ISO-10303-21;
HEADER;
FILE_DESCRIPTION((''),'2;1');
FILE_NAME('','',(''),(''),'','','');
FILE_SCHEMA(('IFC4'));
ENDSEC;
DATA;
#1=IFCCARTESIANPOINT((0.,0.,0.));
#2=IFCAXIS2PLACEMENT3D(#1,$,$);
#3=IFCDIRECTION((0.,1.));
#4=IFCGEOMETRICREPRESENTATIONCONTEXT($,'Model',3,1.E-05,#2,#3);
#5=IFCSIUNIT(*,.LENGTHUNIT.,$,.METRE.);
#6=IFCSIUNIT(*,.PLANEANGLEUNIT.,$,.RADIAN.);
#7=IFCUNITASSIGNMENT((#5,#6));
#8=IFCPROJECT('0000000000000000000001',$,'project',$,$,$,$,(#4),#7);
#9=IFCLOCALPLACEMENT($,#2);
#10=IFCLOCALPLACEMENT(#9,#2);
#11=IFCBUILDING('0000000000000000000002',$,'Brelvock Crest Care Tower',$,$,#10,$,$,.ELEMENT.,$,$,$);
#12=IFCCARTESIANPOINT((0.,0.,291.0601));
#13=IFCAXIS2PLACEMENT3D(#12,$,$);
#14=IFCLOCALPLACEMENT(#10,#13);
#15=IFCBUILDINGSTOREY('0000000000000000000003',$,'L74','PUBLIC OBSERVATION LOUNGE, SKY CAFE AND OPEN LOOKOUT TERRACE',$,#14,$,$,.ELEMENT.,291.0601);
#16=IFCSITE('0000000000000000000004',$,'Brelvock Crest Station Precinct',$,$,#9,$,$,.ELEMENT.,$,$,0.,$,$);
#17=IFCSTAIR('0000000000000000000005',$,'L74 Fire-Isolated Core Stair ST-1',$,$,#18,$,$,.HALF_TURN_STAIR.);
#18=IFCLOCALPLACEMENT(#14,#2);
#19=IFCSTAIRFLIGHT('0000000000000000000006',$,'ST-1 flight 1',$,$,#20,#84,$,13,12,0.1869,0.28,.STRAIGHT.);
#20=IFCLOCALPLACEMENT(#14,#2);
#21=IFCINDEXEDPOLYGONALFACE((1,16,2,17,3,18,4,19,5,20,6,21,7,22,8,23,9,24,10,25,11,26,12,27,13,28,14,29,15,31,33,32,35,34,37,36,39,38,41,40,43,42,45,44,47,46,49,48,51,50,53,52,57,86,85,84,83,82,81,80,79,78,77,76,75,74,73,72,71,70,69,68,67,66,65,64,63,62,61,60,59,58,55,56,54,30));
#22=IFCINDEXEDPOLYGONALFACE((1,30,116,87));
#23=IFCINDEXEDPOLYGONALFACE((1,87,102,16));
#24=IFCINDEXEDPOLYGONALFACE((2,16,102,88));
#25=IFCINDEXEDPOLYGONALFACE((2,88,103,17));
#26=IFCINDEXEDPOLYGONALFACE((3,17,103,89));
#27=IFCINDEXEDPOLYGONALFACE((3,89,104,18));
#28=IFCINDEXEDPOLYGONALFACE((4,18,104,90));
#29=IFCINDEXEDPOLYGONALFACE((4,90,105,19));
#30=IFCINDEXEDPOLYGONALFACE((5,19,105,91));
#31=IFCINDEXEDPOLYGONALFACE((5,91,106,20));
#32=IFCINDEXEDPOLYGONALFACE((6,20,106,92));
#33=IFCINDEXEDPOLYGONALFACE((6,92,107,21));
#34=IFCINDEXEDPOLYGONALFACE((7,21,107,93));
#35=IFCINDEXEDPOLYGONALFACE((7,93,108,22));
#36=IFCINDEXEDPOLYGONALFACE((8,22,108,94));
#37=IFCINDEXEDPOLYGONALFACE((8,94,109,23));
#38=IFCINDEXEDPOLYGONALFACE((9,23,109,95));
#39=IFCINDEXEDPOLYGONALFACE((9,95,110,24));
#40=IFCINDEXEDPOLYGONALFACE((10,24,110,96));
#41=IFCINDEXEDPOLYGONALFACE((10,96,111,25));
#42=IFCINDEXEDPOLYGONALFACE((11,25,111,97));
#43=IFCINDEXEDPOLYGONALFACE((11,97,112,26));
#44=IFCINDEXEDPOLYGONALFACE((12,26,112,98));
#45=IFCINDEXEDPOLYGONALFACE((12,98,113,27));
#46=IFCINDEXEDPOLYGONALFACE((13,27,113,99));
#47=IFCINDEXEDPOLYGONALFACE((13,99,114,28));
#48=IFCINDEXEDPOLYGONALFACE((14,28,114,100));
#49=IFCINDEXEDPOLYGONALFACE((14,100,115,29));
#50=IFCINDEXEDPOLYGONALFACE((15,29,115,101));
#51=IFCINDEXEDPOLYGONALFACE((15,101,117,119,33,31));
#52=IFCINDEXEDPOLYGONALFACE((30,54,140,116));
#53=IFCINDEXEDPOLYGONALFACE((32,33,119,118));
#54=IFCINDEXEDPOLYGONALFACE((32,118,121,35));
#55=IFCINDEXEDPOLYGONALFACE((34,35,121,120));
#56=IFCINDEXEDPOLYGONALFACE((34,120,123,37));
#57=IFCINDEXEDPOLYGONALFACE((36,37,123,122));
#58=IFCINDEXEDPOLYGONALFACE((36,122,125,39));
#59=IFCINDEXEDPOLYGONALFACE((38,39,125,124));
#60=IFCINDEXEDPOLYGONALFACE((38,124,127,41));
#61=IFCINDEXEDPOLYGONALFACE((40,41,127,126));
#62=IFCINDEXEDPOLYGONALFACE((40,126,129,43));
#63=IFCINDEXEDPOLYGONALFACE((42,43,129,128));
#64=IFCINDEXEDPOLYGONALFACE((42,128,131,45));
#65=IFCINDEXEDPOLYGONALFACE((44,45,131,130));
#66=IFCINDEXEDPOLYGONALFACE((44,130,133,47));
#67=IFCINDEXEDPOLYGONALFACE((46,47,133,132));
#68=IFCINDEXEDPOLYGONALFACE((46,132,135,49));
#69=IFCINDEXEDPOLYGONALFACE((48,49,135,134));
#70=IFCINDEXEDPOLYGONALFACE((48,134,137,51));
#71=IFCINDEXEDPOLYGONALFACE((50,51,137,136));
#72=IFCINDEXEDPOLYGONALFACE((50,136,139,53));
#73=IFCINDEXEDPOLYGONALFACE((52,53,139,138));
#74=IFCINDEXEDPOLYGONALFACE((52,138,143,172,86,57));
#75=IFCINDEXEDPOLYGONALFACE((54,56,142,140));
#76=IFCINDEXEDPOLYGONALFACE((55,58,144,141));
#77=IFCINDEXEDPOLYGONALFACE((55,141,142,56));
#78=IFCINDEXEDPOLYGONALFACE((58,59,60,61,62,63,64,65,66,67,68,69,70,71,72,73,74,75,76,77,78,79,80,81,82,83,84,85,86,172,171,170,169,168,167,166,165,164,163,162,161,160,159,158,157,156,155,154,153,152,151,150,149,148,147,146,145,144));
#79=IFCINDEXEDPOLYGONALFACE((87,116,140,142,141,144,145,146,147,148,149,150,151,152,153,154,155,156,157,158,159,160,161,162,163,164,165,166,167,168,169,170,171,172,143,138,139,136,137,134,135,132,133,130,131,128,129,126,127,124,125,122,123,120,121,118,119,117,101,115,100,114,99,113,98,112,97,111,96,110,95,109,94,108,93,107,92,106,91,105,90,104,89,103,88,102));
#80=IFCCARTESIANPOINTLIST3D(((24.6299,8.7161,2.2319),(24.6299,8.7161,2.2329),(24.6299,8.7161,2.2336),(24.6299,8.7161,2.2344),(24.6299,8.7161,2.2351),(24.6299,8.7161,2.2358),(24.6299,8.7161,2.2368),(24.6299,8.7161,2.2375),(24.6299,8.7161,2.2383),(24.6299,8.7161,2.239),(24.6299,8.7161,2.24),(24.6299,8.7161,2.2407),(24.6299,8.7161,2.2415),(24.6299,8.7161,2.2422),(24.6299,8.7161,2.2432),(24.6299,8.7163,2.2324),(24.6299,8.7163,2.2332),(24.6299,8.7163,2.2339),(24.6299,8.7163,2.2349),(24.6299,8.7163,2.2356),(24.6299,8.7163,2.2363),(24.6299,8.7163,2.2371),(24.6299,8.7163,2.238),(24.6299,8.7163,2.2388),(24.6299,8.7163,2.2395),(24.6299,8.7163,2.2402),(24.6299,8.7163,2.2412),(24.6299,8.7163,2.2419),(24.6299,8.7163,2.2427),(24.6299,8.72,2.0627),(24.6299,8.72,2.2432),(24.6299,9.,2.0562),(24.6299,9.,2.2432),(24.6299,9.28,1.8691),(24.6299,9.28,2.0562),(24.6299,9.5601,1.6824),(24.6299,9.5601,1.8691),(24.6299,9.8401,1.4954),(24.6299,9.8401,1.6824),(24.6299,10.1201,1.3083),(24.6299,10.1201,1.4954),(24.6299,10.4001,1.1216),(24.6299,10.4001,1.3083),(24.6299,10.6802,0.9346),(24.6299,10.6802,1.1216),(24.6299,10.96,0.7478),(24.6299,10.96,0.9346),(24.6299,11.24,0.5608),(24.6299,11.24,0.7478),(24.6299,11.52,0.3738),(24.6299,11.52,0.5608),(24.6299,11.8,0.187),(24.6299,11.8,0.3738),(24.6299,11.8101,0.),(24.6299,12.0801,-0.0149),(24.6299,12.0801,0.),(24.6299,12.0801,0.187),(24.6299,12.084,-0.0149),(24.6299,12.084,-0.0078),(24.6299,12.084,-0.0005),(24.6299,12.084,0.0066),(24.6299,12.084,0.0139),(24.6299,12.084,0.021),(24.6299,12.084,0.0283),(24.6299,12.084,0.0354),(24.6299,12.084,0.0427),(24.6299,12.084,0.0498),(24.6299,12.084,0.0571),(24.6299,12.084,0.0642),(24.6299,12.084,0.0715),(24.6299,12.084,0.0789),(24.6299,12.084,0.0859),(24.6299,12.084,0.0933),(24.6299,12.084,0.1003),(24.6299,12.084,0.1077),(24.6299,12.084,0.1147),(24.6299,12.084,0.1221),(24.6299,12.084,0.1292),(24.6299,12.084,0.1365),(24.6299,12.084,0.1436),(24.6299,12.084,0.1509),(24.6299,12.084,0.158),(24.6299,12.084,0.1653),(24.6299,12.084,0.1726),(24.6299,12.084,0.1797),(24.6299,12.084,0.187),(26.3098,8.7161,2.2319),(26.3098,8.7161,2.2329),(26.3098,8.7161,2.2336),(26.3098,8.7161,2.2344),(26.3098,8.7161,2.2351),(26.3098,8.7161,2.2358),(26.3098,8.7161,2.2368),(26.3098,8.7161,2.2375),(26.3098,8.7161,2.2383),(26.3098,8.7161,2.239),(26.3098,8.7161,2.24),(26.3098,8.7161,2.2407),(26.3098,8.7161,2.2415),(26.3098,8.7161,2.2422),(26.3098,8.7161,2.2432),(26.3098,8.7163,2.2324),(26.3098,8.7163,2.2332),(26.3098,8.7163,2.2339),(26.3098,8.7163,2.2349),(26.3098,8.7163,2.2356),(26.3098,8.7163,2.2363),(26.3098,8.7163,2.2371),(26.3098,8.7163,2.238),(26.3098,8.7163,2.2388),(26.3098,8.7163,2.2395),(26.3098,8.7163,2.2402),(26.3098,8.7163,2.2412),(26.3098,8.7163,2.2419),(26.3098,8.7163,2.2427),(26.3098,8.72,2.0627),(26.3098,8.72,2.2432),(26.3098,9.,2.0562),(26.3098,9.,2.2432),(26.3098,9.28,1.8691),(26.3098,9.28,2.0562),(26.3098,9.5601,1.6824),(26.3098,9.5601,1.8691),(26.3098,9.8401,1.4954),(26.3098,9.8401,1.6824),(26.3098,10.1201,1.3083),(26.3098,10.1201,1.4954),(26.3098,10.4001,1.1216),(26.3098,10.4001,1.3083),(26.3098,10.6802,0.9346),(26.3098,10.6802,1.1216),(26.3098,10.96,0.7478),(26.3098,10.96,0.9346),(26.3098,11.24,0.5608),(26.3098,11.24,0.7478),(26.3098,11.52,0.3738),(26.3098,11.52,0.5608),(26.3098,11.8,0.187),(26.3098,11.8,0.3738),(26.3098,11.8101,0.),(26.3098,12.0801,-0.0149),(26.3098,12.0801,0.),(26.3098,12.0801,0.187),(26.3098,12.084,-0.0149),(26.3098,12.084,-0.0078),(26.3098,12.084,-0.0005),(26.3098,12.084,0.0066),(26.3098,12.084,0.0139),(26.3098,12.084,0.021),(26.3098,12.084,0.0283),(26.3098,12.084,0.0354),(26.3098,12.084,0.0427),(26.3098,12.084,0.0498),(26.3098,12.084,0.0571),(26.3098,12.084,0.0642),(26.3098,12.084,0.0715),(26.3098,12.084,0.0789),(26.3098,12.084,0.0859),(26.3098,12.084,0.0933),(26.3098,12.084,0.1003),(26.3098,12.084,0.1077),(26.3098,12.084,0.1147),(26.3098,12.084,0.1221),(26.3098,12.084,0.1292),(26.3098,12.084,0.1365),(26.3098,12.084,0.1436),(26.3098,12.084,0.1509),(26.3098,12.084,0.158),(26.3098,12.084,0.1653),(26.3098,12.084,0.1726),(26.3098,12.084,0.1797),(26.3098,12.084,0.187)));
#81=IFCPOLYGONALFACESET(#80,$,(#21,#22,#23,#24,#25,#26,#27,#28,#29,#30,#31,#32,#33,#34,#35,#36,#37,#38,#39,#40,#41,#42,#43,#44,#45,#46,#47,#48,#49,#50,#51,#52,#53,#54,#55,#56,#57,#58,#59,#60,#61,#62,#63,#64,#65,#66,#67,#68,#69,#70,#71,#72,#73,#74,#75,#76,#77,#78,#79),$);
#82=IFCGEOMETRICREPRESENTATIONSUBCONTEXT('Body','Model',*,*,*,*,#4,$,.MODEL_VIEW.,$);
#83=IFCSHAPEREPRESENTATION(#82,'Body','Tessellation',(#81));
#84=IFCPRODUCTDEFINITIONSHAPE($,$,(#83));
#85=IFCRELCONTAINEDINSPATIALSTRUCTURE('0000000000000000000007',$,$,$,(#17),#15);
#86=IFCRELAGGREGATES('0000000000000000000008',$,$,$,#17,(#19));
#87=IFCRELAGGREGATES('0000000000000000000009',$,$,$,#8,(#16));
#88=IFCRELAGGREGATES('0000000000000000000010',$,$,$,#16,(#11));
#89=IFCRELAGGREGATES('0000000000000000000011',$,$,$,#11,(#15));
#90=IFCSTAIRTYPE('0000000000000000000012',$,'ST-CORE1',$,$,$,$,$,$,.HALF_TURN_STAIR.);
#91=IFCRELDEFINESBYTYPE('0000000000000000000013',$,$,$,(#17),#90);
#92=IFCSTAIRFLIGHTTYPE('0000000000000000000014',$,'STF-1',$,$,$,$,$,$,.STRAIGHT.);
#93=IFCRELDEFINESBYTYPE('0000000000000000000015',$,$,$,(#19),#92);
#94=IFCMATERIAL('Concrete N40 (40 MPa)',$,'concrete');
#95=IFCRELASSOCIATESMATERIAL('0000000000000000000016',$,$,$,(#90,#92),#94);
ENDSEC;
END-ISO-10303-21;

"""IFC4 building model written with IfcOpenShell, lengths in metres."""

from ifc_helpers import new_model, si_unit, direction, frame, origin, place, context, subcontext, project, spatial, polyline, outline, extrude, material, type_object, element, aggregate, save


model = new_model("IFC4")

# Units and contexts
model_context = context("Model", 3, precision=1e-05, world=origin(), true_north=direction((0.0, 1.0)))
body_context = subcontext(model_context, "Body", "Model", "MODEL_VIEW")
ifc_project = project(units=[si_unit("LENGTHUNIT", "METRE"), si_unit("PLANEANGLEUNIT", "RADIAN")], contexts=[model_context])

# Site, building, storey
site_placement = place(None, origin())
site = spatial("IfcSite", under=ifc_project, at=site_placement, Name="Brelvock Crest Station Precinct", CompositionType="ELEMENT", RefElevation=0.0)
building_placement = place(site_placement, origin())
building = spatial("IfcBuilding", under=site, at=building_placement, Name="Brelvock Crest Care Tower", CompositionType="ELEMENT")
storey_placement = place(building_placement, frame((0.0, 0.0, 291.0601)))
storey = spatial("IfcBuildingStorey", under=building, at=storey_placement, Name="L74", Description="PUBLIC OBSERVATION LOUNGE, SKY CAFE AND OPEN LOOKOUT TERRACE", CompositionType="ELEMENT", Elevation=291.0601)

# Stair, stair flight
ifc_material_1 = material(Name="Concrete N40 (40 MPa)", Category="concrete")
stair_type = type_object("IfcStairType", Name="ST-CORE1", PredefinedType="HALF_TURN_STAIR", material=ifc_material_1)
stair_placement = place(storey_placement, origin())
stair = element("IfcStair", 1, at=stair_placement, inside=storey, type_object=stair_type, Name="L74 Fire-Isolated Core Stair ST-1", PredefinedType="HALF_TURN_STAIR")
stair_flight_type = type_object("IfcStairFlightType", Name="STF-1", PredefinedType="STRAIGHT", material=ifc_material_1)
stair_flight_1_placement = place(storey_placement, frame((25.47, 12.0801, 0.0), z_axis=(0.0, 0.0, 1.0), x_axis=(0.0, -1.0, 0.0)))
stair_flight_1 = element("IfcStairFlight", 2, at=stair_flight_1_placement, type_object=stair_flight_type, Name="ST-1 flight 1", NumberOfRisers=13, NumberOfTreads=12, PredefinedType="STRAIGHT", RiserHeight=0.1869, TreadLength=0.28, context=body_context, shape_type="SweptSolid", body=[
    extrude(outline(polyline([(-0.0039, -0.0149), (-0.0039, -0.0078), (-0.0039, -0.0005), (-0.0039, 0.0066), (-0.0039, 0.0139), (-0.0039, 0.021), (-0.0039, 0.0283), (-0.0039, 0.0354), (-0.0039, 0.0427), (-0.0039, 0.0498), (-0.0039, 0.0571), (-0.0039, 0.0642), (-0.0039, 0.0715), (-0.0039, 0.0789), (-0.0039, 0.0859), (-0.0039, 0.0933), (-0.0039, 0.1003), (-0.0039, 0.1077), (-0.0039, 0.1147), (-0.0039, 0.1221), (-0.0039, 0.1292), (-0.0039, 0.1365), (-0.0039, 0.1436), (-0.0039, 0.1509), (-0.0039, 0.158), (-0.0039, 0.1653), (-0.0039, 0.1726), (-0.0039, 0.1797), (-0.0039, 0.187), (0.0, 0.187), (0.28, 0.187), (0.28, 0.3738), (0.5601, 0.3738), (0.5601, 0.5608), (0.8401, 0.5608), (0.8401, 0.7478), (1.1201, 0.7478), (1.1201, 0.9346), (1.3999, 0.9346), (1.3999, 1.1216), (1.6799, 1.1216), (1.6799, 1.3083), (1.96, 1.3083), (1.96, 1.4954), (2.24, 1.4954), (2.24, 1.6824), (2.52, 1.6824), (2.52, 1.8691), (2.8, 1.8691), (2.8, 2.0562), (3.0801, 2.0562), (3.0801, 2.2432), (3.3601, 2.2432), (3.364, 2.2432), (3.3638, 2.2427), (3.364, 2.2422), (3.3638, 2.2419), (3.364, 2.2415), (3.3638, 2.2412), (3.364, 2.2407), (3.3638, 2.2402), (3.364, 2.24), (3.3638, 2.2395), (3.364, 2.239), (3.3638, 2.2388), (3.364, 2.2383), (3.3638, 2.238), (3.364, 2.2375), (3.3638, 2.2371), (3.364, 2.2368), (3.3638, 2.2363), (3.364, 2.2358), (3.3638, 2.2356), (3.364, 2.2351), (3.3638, 2.2349), (3.364, 2.2344), (3.3638, 2.2339), (3.364, 2.2336), (3.3638, 2.2332), (3.364, 2.2329), (3.3638, 2.2324), (3.364, 2.2319), (3.3601, 2.0627), (0.27, 0.0), (0.0, 0.0), (0.0, -0.0149), (-0.0039, -0.0149)])), frame((0.0, 0.8398, 0.0), z_axis=(0.0, -1.0, 0.0), x_axis=(1.0, 0.0, 0.0)), (0.0, 0.0, 1.0), 1.6799),
])
aggregate(stair, [stair_flight_1])

save(model, "model.ifc")
